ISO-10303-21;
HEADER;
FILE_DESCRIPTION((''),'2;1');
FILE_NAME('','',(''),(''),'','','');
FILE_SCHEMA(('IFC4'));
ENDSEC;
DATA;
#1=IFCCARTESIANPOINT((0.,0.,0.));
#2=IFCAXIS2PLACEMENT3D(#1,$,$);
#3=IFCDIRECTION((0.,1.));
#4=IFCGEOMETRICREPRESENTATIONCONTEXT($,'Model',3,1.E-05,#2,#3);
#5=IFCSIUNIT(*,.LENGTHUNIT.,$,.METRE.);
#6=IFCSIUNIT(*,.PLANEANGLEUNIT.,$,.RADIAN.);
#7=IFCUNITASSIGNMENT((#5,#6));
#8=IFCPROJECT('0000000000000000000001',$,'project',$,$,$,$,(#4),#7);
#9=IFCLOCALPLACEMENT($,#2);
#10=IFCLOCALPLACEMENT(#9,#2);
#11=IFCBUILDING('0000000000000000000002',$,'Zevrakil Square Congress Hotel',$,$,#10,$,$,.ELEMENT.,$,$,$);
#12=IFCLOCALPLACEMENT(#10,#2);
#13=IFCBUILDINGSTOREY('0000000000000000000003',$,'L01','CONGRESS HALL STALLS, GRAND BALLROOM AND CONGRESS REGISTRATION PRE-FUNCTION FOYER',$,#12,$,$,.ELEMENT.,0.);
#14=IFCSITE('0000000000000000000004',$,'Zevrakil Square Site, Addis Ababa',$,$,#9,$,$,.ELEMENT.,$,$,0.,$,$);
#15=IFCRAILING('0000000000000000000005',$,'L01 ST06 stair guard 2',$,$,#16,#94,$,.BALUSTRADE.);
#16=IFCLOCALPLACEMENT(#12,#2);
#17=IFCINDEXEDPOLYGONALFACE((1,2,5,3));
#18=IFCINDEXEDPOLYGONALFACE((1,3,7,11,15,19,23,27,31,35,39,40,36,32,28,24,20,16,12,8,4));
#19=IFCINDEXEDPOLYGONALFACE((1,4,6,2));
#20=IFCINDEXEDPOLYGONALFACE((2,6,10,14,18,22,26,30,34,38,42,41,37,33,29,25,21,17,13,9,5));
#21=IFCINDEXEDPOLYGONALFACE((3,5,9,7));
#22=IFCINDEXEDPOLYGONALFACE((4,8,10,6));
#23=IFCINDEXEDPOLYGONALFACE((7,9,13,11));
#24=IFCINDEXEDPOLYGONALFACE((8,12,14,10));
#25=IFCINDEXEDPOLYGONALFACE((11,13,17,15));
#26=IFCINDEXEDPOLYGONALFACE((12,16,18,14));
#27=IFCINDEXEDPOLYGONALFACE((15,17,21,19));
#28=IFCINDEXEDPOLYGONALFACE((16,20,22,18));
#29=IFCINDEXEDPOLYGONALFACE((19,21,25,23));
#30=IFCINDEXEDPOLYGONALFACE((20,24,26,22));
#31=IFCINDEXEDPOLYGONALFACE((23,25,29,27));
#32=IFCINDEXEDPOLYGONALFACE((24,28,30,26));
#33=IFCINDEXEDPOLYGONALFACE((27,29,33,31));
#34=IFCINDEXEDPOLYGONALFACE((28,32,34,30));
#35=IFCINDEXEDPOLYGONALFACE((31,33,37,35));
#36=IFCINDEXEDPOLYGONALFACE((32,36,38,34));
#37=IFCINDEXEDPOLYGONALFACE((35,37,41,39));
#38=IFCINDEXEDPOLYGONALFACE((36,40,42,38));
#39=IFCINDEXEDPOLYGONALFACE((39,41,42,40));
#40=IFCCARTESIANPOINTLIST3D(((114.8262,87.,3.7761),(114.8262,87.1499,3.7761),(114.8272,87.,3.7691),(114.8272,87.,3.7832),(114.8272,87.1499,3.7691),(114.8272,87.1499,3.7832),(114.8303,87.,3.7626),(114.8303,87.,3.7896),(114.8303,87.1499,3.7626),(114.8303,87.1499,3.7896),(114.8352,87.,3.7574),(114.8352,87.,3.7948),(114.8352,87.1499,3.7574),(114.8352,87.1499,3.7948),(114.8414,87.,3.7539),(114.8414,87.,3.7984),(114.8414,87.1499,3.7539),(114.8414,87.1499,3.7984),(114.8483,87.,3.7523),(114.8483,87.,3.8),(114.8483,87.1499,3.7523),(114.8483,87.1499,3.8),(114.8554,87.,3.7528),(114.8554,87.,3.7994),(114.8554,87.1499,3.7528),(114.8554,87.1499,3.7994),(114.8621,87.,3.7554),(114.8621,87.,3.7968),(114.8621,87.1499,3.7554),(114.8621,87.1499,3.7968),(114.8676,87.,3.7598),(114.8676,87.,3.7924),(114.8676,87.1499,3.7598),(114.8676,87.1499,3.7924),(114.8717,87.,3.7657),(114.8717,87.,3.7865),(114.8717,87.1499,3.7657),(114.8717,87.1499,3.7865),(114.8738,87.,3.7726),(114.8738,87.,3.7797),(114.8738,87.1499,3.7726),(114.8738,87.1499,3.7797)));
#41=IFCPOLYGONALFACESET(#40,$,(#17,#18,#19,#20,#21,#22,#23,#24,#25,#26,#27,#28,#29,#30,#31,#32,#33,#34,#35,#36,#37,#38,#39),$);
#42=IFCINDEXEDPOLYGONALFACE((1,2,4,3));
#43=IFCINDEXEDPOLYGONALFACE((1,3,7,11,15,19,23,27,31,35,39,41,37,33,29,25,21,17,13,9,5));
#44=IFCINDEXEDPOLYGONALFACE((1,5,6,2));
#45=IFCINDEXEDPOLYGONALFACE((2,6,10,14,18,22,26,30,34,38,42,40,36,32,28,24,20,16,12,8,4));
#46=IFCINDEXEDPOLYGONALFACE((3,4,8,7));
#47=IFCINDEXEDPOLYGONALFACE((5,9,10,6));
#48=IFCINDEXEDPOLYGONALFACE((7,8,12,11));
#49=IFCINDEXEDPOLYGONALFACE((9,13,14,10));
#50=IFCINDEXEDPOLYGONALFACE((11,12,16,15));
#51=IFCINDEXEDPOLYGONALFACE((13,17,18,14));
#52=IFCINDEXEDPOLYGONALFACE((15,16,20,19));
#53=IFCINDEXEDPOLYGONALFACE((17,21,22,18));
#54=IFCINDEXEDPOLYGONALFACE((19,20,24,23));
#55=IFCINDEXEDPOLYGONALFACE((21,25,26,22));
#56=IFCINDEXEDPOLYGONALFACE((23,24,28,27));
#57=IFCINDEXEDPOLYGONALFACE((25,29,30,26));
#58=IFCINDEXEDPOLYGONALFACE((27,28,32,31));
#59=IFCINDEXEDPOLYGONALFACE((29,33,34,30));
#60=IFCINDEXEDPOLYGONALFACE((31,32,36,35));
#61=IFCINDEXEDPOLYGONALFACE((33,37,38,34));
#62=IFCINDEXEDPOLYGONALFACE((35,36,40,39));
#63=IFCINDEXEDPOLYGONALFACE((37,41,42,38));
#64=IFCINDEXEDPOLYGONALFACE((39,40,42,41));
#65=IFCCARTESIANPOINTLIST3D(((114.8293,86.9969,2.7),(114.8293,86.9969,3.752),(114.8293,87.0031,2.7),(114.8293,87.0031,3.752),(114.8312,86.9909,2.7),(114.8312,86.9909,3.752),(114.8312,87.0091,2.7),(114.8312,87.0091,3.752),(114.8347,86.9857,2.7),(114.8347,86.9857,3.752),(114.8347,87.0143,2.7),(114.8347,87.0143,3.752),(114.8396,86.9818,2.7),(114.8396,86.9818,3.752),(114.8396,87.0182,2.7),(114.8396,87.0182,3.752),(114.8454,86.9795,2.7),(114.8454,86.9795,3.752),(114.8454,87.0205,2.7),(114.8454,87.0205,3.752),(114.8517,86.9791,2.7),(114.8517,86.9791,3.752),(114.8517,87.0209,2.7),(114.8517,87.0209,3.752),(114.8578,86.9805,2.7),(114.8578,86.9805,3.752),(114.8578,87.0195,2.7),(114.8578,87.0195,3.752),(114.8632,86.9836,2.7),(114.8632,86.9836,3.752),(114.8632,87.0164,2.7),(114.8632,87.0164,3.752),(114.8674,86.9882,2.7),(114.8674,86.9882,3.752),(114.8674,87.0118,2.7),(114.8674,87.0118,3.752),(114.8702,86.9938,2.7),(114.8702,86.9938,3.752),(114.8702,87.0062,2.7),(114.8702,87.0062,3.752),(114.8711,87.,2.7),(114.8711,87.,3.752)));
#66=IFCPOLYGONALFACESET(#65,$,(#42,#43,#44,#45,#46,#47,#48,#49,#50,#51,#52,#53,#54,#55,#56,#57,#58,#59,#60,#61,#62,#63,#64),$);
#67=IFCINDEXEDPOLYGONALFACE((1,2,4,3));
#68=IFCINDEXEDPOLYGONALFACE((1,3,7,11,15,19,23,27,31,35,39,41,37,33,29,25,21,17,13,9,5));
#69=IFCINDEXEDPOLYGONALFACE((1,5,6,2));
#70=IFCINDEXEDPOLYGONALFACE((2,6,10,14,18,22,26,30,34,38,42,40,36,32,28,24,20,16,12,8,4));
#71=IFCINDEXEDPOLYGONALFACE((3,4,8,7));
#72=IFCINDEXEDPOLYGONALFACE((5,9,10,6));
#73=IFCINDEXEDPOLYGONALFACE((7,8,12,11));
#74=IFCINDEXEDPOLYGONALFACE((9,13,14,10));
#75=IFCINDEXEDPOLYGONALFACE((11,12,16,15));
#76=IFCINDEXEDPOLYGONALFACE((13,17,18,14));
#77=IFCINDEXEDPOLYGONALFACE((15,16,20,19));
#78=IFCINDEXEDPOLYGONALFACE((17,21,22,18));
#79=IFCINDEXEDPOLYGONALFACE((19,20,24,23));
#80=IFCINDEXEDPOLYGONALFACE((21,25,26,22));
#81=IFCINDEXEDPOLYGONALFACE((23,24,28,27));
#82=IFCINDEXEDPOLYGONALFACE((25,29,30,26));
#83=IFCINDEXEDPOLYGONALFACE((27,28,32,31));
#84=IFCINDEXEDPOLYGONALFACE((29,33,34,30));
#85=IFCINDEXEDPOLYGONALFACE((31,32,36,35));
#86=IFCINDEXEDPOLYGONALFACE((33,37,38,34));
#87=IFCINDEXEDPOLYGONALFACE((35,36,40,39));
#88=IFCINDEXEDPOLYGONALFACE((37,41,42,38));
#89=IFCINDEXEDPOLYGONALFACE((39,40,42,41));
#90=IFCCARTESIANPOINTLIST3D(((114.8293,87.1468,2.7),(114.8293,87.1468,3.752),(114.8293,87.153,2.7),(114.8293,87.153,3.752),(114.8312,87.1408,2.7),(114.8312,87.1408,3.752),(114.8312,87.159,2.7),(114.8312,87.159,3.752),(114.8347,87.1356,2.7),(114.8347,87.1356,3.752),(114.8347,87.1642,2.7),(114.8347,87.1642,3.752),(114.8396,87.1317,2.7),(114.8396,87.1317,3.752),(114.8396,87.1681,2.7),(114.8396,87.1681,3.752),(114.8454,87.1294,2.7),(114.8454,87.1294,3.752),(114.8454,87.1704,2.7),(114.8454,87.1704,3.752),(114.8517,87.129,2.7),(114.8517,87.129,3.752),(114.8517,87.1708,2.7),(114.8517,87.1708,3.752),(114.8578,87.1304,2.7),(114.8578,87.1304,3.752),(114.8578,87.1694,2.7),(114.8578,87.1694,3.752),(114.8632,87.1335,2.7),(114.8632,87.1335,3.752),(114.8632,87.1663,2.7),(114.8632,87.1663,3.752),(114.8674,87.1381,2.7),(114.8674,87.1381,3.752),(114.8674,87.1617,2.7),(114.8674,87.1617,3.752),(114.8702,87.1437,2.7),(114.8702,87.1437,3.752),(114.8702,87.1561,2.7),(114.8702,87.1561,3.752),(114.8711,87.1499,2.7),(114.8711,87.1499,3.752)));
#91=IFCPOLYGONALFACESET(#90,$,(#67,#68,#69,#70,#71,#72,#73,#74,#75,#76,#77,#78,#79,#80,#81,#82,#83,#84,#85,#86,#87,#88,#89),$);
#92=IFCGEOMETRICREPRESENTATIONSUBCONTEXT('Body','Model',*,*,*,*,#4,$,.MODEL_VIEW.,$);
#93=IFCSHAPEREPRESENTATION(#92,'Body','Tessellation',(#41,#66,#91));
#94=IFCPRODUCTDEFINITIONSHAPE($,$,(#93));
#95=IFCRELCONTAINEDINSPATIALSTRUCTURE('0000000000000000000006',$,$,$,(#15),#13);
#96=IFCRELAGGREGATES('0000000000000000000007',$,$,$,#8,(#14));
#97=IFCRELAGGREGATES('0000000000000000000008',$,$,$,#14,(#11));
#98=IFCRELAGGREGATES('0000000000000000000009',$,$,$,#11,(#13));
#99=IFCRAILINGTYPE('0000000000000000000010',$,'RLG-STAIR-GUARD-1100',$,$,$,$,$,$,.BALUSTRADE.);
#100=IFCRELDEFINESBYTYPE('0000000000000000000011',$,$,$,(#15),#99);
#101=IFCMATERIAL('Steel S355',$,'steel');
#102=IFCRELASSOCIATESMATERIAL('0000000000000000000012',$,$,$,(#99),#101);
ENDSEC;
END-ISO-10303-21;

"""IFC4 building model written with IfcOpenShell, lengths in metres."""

from ifc_helpers import new_model, si_unit, direction, frame, origin, origin_2d, place, context, subcontext, project, spatial, circle, extrude, material, type_object, element, save


model = new_model("IFC4")

# Units and contexts
model_context = context("Model", 3, precision=1e-05, world=origin(), true_north=direction((0.0, 1.0)))
body_context = subcontext(model_context, "Body", "Model", "MODEL_VIEW")
ifc_project = project(units=[si_unit("LENGTHUNIT", "METRE"), si_unit("PLANEANGLEUNIT", "RADIAN")], contexts=[model_context])

# Site, building, storey
site_placement = place(None, origin())
site = spatial("IfcSite", under=ifc_project, at=site_placement, Name="Zevrakil Square Site, Addis Ababa", CompositionType="ELEMENT", RefElevation=0.0)
building_placement = place(site_placement, origin())
building = spatial("IfcBuilding", under=site, at=building_placement, Name="Zevrakil Square Congress Hotel", CompositionType="ELEMENT")
storey_placement = place(building_placement, origin())
storey = spatial("IfcBuildingStorey", under=building, at=storey_placement, Name="L01", Description="CONGRESS HALL STALLS, GRAND BALLROOM AND CONGRESS REGISTRATION PRE-FUNCTION FOYER", CompositionType="ELEMENT", Elevation=0.0)

# Railing
ifc_material_1 = material(Name="Steel S355", Category="steel")
railing_type_1 = type_object("IfcRailingType", Name="RLG-STAIR-GUARD-1100", PredefinedType="BALUSTRADE", material=ifc_material_1)
railing_1_placement = place(storey_placement, frame((114.8501, 87.0, 2.7)))
element("IfcRailing", 1, at=railing_1_placement, inside=storey, type_object=railing_type_1, Name="L01 ST06 stair guard 2", PredefinedType="BALUSTRADE", context=body_context, shape_type="SweptSolid", body=[
    extrude(circle(Radius=0.0239, at=origin_2d()), frame((0.0, 0.0, 1.0762), z_axis=(0.0, 1.0, 0.0), x_axis=(-1.0, 0.0, 0.0)), (0.0, 0.0, 1.0), 0.1499),
    extrude(circle(Radius=0.021, at=origin_2d()), origin(), (0.0, 0.0, 1.0), 1.052),
    extrude(circle(Radius=0.021, at=origin_2d()), frame((0.0, 0.1499, 0.0)), (0.0, 0.0, 1.0), 1.052),
])

save(model, "model.ifc")
